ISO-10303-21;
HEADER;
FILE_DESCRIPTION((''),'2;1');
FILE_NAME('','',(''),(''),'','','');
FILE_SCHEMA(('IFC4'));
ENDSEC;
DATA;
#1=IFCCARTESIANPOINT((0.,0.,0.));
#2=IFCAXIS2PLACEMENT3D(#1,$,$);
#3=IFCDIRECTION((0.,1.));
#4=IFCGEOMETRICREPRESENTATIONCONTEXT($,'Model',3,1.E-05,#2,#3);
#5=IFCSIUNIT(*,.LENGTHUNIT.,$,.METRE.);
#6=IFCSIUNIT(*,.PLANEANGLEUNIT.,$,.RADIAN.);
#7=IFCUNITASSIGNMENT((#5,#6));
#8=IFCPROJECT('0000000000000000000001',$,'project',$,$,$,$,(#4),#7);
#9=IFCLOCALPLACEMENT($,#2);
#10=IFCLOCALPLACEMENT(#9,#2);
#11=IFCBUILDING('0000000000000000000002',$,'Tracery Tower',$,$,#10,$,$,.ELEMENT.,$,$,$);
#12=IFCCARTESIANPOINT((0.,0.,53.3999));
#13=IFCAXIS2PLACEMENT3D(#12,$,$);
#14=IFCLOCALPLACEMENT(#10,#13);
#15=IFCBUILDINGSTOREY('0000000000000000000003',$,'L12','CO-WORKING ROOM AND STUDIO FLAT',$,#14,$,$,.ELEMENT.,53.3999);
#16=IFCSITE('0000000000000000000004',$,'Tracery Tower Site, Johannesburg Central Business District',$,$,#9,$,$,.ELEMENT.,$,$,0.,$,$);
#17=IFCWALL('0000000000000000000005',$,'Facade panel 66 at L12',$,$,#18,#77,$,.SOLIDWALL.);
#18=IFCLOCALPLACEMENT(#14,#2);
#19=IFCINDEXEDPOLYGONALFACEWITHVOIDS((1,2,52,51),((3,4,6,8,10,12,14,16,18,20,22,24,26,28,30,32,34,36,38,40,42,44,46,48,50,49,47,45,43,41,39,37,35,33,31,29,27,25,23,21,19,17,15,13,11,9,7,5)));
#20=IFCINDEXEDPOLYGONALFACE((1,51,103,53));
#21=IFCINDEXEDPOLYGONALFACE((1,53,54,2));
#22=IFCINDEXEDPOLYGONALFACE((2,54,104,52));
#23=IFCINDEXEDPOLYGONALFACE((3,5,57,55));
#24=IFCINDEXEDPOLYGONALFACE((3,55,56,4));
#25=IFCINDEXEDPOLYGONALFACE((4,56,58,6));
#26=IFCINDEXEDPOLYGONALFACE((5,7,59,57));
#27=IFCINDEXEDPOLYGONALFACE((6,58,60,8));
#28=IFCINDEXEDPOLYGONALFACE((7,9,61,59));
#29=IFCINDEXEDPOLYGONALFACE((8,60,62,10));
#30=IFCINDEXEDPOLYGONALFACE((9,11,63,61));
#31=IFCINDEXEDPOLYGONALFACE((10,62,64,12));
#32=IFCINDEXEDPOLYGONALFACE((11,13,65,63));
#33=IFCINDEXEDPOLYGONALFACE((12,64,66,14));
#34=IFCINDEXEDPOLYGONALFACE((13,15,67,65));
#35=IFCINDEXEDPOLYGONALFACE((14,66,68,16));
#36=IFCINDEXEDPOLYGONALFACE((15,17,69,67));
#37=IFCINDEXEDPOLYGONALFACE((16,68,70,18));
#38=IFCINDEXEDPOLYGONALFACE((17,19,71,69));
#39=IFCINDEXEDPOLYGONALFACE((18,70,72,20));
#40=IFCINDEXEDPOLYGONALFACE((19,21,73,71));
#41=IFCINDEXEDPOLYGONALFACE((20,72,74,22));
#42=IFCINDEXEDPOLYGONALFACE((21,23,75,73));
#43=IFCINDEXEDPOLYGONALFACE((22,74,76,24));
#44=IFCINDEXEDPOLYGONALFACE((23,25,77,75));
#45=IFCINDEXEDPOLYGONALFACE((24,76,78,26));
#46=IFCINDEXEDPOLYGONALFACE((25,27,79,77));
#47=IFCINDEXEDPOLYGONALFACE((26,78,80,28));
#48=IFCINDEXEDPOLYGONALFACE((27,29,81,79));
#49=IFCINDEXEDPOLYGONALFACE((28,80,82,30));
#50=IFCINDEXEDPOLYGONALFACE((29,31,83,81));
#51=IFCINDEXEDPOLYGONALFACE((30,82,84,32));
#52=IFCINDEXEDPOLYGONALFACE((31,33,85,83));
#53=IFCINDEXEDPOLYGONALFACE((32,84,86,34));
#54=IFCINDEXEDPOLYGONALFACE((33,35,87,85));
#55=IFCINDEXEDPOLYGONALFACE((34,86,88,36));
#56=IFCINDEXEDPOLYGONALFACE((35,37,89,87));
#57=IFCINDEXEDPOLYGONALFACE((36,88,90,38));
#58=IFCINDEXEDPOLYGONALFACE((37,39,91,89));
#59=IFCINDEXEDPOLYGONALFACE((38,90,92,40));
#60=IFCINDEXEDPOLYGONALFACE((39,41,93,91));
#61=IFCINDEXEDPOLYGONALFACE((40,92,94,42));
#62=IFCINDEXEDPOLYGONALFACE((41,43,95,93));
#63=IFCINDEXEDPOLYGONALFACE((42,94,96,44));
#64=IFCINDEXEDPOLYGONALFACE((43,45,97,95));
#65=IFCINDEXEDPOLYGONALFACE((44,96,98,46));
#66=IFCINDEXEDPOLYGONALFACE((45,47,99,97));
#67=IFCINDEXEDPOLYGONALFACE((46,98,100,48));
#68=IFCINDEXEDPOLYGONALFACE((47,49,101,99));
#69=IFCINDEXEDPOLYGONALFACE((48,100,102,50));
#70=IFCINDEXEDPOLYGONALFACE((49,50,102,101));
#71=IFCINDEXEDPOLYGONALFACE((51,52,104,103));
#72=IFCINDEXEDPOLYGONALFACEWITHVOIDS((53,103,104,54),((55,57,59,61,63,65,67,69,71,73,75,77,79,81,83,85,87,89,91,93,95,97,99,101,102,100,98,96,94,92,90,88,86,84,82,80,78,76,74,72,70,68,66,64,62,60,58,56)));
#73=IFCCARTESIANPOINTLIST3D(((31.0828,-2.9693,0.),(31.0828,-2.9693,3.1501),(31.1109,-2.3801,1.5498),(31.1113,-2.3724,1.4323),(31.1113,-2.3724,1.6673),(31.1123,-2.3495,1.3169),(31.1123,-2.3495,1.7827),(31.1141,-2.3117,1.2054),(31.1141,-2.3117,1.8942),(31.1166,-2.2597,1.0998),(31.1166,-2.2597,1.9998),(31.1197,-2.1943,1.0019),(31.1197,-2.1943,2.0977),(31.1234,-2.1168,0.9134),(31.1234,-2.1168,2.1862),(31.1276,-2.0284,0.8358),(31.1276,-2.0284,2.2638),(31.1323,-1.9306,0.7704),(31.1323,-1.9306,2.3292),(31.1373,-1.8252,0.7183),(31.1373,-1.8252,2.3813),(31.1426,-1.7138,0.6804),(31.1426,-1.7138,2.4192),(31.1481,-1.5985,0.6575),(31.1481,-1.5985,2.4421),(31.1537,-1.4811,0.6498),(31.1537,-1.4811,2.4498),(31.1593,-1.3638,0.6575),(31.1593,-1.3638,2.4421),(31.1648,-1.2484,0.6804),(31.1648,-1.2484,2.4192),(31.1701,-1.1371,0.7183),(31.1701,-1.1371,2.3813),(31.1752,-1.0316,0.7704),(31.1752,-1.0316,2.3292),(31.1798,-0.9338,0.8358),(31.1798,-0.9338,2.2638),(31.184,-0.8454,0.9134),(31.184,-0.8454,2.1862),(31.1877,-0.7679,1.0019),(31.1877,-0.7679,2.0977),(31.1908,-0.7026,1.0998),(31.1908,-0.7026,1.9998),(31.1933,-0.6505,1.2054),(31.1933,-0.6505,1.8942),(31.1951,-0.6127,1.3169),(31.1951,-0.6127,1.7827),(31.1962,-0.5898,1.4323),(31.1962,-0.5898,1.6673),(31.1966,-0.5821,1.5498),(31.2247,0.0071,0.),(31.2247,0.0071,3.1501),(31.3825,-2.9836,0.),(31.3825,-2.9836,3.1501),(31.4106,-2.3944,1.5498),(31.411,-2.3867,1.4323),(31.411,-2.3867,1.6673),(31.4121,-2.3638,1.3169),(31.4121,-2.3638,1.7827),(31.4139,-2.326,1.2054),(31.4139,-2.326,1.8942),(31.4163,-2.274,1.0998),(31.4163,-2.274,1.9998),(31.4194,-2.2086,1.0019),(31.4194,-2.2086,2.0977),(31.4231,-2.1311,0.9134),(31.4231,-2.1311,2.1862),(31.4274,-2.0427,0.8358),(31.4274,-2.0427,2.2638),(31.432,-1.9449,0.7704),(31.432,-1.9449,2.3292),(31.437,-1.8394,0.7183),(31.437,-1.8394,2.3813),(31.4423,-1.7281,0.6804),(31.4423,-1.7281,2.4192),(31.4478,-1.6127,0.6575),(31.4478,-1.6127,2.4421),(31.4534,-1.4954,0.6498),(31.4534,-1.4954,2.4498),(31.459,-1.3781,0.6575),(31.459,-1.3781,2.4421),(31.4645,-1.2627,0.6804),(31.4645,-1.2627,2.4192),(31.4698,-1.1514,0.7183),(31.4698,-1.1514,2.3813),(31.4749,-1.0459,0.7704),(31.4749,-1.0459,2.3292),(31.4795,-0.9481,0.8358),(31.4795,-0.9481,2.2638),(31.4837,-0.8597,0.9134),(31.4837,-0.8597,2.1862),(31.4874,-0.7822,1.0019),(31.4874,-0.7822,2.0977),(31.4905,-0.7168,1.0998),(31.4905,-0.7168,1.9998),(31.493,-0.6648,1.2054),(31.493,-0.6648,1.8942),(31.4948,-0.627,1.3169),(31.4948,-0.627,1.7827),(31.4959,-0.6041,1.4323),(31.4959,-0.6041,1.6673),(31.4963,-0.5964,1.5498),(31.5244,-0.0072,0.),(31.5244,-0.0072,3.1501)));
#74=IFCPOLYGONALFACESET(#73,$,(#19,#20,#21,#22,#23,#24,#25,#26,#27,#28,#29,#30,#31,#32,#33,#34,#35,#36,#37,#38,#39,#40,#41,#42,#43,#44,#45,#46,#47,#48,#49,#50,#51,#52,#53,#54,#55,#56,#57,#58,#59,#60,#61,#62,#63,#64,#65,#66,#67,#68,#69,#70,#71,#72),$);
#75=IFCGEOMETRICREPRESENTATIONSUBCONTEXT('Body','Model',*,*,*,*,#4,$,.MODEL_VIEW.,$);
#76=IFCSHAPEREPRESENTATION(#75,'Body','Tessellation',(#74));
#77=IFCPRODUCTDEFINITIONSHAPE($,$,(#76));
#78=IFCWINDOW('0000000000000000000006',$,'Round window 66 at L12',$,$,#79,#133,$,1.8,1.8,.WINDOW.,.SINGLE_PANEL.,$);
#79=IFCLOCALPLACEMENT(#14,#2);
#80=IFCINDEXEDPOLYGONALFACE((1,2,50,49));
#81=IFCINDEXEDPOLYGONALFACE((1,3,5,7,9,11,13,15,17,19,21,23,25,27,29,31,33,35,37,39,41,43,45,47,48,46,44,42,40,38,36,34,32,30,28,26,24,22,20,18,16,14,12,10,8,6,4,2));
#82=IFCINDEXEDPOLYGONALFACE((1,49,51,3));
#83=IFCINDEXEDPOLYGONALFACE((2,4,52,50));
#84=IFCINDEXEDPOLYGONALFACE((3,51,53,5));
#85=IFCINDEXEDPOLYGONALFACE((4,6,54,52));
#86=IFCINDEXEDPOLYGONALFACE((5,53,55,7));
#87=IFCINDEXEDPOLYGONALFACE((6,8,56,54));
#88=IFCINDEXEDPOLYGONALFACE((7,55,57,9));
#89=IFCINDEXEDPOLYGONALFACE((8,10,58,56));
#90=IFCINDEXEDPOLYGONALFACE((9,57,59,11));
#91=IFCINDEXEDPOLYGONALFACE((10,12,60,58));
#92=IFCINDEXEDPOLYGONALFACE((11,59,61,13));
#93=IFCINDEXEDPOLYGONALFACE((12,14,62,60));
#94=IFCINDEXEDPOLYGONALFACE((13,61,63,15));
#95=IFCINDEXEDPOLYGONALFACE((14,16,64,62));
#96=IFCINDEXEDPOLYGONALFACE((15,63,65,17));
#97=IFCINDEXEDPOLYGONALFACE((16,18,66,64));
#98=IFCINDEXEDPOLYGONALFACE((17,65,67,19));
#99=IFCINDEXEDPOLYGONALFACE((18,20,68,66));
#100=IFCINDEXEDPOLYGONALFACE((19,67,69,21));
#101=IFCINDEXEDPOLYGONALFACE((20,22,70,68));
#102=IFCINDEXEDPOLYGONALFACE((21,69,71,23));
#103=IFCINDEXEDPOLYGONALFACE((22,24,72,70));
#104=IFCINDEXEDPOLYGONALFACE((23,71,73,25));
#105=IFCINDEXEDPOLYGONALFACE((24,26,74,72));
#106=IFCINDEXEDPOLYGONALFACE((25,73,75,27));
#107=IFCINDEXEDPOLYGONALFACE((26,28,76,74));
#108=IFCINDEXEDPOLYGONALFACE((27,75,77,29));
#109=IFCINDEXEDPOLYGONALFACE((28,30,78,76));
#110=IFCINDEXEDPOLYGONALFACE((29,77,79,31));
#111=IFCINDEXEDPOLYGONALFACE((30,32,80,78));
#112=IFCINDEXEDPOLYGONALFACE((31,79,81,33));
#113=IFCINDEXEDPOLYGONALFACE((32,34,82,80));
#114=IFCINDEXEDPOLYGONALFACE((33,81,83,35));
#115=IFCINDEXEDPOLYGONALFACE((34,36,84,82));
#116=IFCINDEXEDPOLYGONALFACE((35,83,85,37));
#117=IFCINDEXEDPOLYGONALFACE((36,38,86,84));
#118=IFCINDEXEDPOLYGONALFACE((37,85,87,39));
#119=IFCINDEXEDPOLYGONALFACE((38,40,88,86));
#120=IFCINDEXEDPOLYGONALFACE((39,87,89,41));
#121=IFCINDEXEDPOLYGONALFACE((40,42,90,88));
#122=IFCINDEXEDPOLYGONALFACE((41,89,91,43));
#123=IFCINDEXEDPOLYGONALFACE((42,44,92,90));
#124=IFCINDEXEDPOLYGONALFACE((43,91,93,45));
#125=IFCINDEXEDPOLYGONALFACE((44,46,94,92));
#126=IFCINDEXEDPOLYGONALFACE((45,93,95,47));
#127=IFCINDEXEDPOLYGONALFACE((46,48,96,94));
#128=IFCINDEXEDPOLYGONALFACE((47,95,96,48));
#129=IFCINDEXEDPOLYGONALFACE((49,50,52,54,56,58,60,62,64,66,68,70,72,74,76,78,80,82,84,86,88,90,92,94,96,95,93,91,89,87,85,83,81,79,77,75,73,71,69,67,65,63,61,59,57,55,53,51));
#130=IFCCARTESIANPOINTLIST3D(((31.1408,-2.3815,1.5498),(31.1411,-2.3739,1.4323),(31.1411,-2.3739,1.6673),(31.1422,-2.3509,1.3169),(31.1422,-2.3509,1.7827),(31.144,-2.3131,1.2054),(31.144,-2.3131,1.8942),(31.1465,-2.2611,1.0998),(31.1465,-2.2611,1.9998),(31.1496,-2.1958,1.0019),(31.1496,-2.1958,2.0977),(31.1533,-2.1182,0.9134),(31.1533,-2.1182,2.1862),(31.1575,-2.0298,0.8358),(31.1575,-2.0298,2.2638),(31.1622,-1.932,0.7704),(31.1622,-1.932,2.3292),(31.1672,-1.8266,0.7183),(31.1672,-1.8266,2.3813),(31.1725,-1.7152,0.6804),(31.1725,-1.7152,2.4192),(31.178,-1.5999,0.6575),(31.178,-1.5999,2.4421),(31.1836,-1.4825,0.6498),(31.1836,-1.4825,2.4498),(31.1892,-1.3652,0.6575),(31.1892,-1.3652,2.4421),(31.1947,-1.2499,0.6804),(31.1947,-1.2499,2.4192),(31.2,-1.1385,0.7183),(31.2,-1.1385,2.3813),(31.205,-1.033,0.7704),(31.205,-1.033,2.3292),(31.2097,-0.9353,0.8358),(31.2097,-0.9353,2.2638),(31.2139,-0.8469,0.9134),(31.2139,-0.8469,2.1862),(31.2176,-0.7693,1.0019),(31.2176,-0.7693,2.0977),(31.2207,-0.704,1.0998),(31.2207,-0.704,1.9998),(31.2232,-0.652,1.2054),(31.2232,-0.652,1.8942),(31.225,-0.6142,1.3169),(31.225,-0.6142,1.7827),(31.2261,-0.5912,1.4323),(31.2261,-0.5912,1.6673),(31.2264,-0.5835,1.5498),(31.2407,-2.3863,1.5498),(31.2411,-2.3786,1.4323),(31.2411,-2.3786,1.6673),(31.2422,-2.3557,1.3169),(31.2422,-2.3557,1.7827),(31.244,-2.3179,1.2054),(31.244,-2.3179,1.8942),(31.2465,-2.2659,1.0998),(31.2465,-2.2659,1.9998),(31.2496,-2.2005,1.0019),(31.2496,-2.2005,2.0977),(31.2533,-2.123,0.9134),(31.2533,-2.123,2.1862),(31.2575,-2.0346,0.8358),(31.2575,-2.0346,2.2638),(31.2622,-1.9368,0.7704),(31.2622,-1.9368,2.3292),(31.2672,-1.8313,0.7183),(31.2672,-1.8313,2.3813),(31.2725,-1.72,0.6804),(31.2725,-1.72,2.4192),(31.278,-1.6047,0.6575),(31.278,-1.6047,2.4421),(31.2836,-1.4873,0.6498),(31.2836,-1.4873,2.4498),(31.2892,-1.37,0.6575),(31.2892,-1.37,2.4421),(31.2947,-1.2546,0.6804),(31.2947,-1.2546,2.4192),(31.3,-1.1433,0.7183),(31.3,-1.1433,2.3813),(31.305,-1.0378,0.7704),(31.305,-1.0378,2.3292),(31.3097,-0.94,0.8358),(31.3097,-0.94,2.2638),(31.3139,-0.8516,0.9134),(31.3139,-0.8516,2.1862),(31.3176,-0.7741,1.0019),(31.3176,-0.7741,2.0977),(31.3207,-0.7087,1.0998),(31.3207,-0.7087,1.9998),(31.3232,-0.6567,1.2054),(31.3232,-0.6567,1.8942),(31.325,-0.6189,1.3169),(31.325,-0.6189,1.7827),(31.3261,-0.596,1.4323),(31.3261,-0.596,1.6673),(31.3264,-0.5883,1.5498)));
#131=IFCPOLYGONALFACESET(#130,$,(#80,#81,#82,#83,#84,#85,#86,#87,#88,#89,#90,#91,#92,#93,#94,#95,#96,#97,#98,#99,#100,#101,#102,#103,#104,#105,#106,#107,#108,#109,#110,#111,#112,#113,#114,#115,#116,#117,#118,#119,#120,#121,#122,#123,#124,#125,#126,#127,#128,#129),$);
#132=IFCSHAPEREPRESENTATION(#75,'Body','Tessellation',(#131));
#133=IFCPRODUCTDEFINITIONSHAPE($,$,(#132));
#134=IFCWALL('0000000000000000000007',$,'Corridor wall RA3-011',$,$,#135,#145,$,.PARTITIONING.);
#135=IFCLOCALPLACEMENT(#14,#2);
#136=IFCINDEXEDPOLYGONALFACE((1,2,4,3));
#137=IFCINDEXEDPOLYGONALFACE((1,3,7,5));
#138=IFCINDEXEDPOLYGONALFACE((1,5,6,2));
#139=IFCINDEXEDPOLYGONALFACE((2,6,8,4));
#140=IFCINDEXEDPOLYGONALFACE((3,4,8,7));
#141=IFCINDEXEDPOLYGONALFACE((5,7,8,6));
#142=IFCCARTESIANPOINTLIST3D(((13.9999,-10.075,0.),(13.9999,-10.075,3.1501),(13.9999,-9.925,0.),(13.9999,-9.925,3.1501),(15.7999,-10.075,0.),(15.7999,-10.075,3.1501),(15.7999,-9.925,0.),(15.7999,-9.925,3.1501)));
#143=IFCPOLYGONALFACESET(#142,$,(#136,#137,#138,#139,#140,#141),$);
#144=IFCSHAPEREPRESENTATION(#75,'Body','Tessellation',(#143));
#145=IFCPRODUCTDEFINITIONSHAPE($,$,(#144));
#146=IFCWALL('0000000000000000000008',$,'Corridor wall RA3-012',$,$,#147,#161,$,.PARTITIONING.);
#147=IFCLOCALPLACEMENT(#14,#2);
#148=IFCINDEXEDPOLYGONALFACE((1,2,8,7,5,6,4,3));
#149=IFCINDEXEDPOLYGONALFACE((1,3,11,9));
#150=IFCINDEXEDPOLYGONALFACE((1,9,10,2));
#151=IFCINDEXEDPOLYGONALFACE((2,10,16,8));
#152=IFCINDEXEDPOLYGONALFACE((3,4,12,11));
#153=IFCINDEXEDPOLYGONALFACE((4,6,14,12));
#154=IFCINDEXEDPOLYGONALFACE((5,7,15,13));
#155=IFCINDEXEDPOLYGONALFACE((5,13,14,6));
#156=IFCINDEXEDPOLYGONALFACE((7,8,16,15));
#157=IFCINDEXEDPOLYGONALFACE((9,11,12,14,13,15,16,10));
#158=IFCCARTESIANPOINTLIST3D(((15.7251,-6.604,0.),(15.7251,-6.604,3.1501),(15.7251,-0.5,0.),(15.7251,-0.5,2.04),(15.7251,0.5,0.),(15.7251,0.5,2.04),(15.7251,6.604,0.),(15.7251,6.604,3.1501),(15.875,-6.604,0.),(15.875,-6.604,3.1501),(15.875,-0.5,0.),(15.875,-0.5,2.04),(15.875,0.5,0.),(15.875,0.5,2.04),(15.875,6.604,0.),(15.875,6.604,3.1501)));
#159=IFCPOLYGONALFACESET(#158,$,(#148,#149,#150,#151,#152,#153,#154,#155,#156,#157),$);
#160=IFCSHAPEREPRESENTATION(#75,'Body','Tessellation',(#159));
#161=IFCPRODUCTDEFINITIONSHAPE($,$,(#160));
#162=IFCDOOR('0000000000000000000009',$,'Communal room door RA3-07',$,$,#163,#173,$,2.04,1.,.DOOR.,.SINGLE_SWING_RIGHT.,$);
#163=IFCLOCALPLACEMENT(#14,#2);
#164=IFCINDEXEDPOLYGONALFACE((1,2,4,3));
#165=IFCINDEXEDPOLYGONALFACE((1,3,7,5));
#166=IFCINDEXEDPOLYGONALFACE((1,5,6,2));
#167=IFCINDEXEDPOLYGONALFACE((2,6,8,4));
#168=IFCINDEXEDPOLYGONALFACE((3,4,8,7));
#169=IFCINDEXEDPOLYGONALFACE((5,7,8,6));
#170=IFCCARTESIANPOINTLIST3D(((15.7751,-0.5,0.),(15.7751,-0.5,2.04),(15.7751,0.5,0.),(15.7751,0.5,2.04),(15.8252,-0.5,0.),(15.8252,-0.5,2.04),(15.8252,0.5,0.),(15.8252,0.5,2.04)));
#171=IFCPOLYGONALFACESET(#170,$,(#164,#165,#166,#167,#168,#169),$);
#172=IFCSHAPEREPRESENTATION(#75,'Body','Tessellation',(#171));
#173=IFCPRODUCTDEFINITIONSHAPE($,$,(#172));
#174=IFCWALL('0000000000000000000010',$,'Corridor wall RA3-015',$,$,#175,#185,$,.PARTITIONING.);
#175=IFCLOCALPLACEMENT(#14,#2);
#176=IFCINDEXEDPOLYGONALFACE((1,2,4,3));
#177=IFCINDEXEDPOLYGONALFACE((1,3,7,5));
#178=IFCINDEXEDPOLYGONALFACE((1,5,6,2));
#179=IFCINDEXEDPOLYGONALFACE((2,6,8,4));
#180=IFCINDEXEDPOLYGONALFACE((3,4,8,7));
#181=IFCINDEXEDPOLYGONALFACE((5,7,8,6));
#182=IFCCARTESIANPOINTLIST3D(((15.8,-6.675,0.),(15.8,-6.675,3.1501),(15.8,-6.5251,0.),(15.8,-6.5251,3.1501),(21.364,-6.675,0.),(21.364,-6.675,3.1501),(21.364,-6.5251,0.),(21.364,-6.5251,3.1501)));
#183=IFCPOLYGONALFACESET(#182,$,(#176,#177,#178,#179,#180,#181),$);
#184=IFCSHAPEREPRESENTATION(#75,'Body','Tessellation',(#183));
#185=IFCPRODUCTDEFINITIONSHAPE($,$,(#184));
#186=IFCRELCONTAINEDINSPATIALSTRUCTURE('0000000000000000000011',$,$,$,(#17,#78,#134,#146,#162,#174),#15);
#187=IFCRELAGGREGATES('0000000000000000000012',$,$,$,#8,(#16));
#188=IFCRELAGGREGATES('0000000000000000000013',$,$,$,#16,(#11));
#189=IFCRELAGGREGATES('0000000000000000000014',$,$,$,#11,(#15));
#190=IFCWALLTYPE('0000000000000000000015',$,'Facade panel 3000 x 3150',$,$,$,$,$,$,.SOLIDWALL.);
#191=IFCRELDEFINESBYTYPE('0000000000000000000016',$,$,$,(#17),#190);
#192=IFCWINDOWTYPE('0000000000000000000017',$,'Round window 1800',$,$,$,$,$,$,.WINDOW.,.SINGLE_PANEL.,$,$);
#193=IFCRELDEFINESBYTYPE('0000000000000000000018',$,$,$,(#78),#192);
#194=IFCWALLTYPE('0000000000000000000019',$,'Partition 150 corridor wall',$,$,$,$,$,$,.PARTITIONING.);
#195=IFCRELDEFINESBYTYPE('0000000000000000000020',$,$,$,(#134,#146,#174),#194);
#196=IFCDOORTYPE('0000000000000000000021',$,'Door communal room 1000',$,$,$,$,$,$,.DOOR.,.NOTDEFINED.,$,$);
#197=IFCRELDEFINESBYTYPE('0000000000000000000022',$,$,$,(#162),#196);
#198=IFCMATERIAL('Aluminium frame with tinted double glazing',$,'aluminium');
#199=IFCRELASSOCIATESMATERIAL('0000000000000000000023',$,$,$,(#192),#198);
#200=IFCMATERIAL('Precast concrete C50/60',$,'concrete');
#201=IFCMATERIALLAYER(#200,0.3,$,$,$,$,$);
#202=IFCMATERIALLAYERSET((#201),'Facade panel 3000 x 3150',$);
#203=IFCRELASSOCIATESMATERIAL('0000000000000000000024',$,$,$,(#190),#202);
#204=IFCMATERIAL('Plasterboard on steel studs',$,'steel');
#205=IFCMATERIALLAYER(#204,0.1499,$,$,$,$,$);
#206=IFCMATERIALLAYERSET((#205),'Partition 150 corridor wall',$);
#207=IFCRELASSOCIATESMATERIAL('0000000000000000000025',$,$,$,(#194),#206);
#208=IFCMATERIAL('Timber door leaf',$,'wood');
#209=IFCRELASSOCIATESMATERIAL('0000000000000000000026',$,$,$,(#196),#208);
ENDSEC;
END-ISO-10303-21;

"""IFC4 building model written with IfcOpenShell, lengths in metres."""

from ifc_helpers import new_model, si_unit, direction, frame, frame_2d, origin, origin_2d, place, context, subcontext, project, spatial, rectangle, circle, extrude, material, layer, layer_set, type_object, element, fill, save


model = new_model("IFC4")

# Units and contexts
model_context = context("Model", 3, precision=1e-05, world=origin(), true_north=direction((0.0, 1.0)))
body_context = subcontext(model_context, "Body", "Model", "MODEL_VIEW")
ifc_project = project(units=[si_unit("LENGTHUNIT", "METRE"), si_unit("PLANEANGLEUNIT", "RADIAN")], contexts=[model_context])

# Site, building, storey
site_placement = place(None, origin())
site = spatial("IfcSite", under=ifc_project, at=site_placement, Name="Tracery Tower Site, Johannesburg Central Business District", CompositionType="ELEMENT", RefElevation=0.0)
building_placement = place(site_placement, origin())
building = spatial("IfcBuilding", under=site, at=building_placement, Name="Tracery Tower", CompositionType="ELEMENT")
storey_placement = place(building_placement, frame((0.0, 0.0, 53.3999)))
storey = spatial("IfcBuildingStorey", under=building, at=storey_placement, Name="L12", Description="CO-WORKING ROOM AND STUDIO FLAT", CompositionType="ELEMENT", Elevation=53.3999)

# Wall, opening, window
ifc_material_1 = material(Name="Aluminium frame with tinted double glazing", Category="aluminium")
window_type = type_object("IfcWindowType", Name="Round window 1800", PartitioningType="SINGLE_PANEL", PredefinedType="WINDOW", material=ifc_material_1)
ifc_material_2 = material(Name="Precast concrete C50/60", Category="concrete")
ifc_layer_1 = layer(ifc_material_2, 0.3)
ifc_layer_set_1 = layer_set([ifc_layer_1], Name="Facade panel 3000 x 3150")
wall_type_1 = type_object("IfcWallType", Name="Facade panel 3000 x 3150", PredefinedType="SOLIDWALL", material=ifc_layer_set_1)
wall_1_placement = place(storey_placement, frame((31.2327, -2.9763, 0.0), z_axis=(0.0, 0.0, 1.0), x_axis=(0.047604, 0.998866, 0.0)))
wall_1 = element("IfcWall", 1, at=wall_1_placement, inside=storey, type_object=wall_type_1, Name="Facade panel 66 at L12", PredefinedType="SOLIDWALL", context=body_context, shape_type="SweptSolid", body=[
    extrude(rectangle(XDim=2.9797, YDim=0.3, at=frame_2d((1.4897, 0.0))), origin(), (0.0, 0.0, 1.0), 3.1501),
])
opening_1_placement = place(wall_1_placement, frame((1.4897, 0.0, 1.5498)))
opening_1 = element("IfcOpeningElement", 2, at=opening_1_placement, cuts=wall_1, PredefinedType="OPENING", context=body_context, shape_type="SweptSolid", body=[
    extrude(circle(Radius=0.9, at=origin_2d()), frame((0.0, 0.1599, 0.0), z_axis=(0.0, -1.0, 0.0), x_axis=(1.0, 0.0, 0.0)), (0.0, 0.0, 1.0), 0.3201),
])
window_1_placement = place(opening_1_placement, origin())
window_1 = element("IfcWindow", 3, at=window_1_placement, inside=storey, type_object=window_type, Name="Round window 66 at L12", OverallHeight=1.8, OverallWidth=1.8, PartitioningType="SINGLE_PANEL", PredefinedType="WINDOW", context=body_context, shape_type="SweptSolid", body=[
    extrude(circle(Radius=0.9, at=origin_2d()), frame((0.0, 0.1201, 0.0), z_axis=(0.0, -1.0, 0.0), x_axis=(1.0, 0.0, 0.0)), (0.0, 0.0, 1.0), 0.1001),
])
fill(opening_1, window_1)

# Wall
ifc_material_3 = material(Name="Plasterboard on steel studs", Category="steel")
ifc_layer_2 = layer(ifc_material_3, 0.1499)
ifc_layer_set_2 = layer_set([ifc_layer_2], Name="Partition 150 corridor wall")
wall_type_2 = type_object("IfcWallType", Name="Partition 150 corridor wall", PredefinedType="PARTITIONING", material=ifc_layer_set_2)
wall_2_placement = place(storey_placement, frame((14.0, -10.0, 0.0), z_axis=(0.0, 0.0, 1.0), x_axis=(1.0, 0.0, 0.0)))
element("IfcWall", 4, at=wall_2_placement, inside=storey, type_object=wall_type_2, Name="Corridor wall RA3-011", PredefinedType="PARTITIONING", context=body_context, shape_type="SweptSolid", body=[
    extrude(rectangle(XDim=1.8, YDim=0.1499, at=frame_2d((0.8999, 0.0))), origin(), (0.0, 0.0, 1.0), 3.1501),
])

# Wall, opening, door
wall_3_placement = place(storey_placement, frame((15.8, -6.604, 0.0), z_axis=(0.0, 0.0, 1.0), x_axis=(0.0, 1.0, 0.0)))
wall_3 = element("IfcWall", 5, at=wall_3_placement, inside=storey, type_object=wall_type_2, Name="Corridor wall RA3-012", PredefinedType="PARTITIONING", context=body_context, shape_type="SweptSolid", body=[
    extrude(rectangle(XDim=13.208, YDim=0.1499, at=frame_2d((6.604, 0.0))), origin(), (0.0, 0.0, 1.0), 3.1501),
])
opening_2_placement = place(wall_3_placement, frame((6.104, 0.0, 0.0)))
opening_2 = element("IfcOpeningElement", 6, at=opening_2_placement, cuts=wall_3, PredefinedType="OPENING", context=body_context, shape_type="SweptSolid", body=[
    extrude(rectangle(XDim=1.0, YDim=2.04, at=frame_2d((0.5, 1.02))), frame((0.0, 0.075, 0.0), z_axis=(0.0, -1.0, 0.0), x_axis=(1.0, 0.0, 0.0)), (0.0, 0.0, 1.0), 0.1499),
])
ifc_material_4 = material(Name="Timber door leaf", Category="wood")
door_type_1 = type_object("IfcDoorType", Name="Door communal room 1000", OperationType="NOTDEFINED", PredefinedType="DOOR", material=ifc_material_4)
door_1_placement = place(opening_2_placement, origin())
door_1 = element("IfcDoor", 7, at=door_1_placement, inside=storey, type_object=door_type_1, Name="Communal room door RA3-07", OperationType="SINGLE_SWING_RIGHT", OverallHeight=2.04, OverallWidth=1.0, PredefinedType="DOOR", context=body_context, shape_type="SweptSolid", body=[
    extrude(rectangle(XDim=1.0, YDim=2.04, at=frame_2d((0.5, 1.02))), frame((0.0, 0.0249, 0.0), z_axis=(0.0, -1.0, 0.0), x_axis=(1.0, 0.0, 0.0)), (0.0, 0.0, 1.0), 0.05),
])
fill(opening_2, door_1)

# Wall
wall_4_placement = place(storey_placement, frame((15.8, -6.6001, 0.0), z_axis=(0.0, 0.0, 1.0), x_axis=(1.0, 0.0, 0.0)))
element("IfcWall", 8, at=wall_4_placement, inside=storey, type_object=wall_type_2, Name="Corridor wall RA3-015", PredefinedType="PARTITIONING", context=body_context, shape_type="SweptSolid", body=[
    extrude(rectangle(XDim=5.564, YDim=0.1499, at=frame_2d((2.782, 0.0))), origin(), (0.0, 0.0, 1.0), 3.1501),
])

save(model, "model.ifc")
